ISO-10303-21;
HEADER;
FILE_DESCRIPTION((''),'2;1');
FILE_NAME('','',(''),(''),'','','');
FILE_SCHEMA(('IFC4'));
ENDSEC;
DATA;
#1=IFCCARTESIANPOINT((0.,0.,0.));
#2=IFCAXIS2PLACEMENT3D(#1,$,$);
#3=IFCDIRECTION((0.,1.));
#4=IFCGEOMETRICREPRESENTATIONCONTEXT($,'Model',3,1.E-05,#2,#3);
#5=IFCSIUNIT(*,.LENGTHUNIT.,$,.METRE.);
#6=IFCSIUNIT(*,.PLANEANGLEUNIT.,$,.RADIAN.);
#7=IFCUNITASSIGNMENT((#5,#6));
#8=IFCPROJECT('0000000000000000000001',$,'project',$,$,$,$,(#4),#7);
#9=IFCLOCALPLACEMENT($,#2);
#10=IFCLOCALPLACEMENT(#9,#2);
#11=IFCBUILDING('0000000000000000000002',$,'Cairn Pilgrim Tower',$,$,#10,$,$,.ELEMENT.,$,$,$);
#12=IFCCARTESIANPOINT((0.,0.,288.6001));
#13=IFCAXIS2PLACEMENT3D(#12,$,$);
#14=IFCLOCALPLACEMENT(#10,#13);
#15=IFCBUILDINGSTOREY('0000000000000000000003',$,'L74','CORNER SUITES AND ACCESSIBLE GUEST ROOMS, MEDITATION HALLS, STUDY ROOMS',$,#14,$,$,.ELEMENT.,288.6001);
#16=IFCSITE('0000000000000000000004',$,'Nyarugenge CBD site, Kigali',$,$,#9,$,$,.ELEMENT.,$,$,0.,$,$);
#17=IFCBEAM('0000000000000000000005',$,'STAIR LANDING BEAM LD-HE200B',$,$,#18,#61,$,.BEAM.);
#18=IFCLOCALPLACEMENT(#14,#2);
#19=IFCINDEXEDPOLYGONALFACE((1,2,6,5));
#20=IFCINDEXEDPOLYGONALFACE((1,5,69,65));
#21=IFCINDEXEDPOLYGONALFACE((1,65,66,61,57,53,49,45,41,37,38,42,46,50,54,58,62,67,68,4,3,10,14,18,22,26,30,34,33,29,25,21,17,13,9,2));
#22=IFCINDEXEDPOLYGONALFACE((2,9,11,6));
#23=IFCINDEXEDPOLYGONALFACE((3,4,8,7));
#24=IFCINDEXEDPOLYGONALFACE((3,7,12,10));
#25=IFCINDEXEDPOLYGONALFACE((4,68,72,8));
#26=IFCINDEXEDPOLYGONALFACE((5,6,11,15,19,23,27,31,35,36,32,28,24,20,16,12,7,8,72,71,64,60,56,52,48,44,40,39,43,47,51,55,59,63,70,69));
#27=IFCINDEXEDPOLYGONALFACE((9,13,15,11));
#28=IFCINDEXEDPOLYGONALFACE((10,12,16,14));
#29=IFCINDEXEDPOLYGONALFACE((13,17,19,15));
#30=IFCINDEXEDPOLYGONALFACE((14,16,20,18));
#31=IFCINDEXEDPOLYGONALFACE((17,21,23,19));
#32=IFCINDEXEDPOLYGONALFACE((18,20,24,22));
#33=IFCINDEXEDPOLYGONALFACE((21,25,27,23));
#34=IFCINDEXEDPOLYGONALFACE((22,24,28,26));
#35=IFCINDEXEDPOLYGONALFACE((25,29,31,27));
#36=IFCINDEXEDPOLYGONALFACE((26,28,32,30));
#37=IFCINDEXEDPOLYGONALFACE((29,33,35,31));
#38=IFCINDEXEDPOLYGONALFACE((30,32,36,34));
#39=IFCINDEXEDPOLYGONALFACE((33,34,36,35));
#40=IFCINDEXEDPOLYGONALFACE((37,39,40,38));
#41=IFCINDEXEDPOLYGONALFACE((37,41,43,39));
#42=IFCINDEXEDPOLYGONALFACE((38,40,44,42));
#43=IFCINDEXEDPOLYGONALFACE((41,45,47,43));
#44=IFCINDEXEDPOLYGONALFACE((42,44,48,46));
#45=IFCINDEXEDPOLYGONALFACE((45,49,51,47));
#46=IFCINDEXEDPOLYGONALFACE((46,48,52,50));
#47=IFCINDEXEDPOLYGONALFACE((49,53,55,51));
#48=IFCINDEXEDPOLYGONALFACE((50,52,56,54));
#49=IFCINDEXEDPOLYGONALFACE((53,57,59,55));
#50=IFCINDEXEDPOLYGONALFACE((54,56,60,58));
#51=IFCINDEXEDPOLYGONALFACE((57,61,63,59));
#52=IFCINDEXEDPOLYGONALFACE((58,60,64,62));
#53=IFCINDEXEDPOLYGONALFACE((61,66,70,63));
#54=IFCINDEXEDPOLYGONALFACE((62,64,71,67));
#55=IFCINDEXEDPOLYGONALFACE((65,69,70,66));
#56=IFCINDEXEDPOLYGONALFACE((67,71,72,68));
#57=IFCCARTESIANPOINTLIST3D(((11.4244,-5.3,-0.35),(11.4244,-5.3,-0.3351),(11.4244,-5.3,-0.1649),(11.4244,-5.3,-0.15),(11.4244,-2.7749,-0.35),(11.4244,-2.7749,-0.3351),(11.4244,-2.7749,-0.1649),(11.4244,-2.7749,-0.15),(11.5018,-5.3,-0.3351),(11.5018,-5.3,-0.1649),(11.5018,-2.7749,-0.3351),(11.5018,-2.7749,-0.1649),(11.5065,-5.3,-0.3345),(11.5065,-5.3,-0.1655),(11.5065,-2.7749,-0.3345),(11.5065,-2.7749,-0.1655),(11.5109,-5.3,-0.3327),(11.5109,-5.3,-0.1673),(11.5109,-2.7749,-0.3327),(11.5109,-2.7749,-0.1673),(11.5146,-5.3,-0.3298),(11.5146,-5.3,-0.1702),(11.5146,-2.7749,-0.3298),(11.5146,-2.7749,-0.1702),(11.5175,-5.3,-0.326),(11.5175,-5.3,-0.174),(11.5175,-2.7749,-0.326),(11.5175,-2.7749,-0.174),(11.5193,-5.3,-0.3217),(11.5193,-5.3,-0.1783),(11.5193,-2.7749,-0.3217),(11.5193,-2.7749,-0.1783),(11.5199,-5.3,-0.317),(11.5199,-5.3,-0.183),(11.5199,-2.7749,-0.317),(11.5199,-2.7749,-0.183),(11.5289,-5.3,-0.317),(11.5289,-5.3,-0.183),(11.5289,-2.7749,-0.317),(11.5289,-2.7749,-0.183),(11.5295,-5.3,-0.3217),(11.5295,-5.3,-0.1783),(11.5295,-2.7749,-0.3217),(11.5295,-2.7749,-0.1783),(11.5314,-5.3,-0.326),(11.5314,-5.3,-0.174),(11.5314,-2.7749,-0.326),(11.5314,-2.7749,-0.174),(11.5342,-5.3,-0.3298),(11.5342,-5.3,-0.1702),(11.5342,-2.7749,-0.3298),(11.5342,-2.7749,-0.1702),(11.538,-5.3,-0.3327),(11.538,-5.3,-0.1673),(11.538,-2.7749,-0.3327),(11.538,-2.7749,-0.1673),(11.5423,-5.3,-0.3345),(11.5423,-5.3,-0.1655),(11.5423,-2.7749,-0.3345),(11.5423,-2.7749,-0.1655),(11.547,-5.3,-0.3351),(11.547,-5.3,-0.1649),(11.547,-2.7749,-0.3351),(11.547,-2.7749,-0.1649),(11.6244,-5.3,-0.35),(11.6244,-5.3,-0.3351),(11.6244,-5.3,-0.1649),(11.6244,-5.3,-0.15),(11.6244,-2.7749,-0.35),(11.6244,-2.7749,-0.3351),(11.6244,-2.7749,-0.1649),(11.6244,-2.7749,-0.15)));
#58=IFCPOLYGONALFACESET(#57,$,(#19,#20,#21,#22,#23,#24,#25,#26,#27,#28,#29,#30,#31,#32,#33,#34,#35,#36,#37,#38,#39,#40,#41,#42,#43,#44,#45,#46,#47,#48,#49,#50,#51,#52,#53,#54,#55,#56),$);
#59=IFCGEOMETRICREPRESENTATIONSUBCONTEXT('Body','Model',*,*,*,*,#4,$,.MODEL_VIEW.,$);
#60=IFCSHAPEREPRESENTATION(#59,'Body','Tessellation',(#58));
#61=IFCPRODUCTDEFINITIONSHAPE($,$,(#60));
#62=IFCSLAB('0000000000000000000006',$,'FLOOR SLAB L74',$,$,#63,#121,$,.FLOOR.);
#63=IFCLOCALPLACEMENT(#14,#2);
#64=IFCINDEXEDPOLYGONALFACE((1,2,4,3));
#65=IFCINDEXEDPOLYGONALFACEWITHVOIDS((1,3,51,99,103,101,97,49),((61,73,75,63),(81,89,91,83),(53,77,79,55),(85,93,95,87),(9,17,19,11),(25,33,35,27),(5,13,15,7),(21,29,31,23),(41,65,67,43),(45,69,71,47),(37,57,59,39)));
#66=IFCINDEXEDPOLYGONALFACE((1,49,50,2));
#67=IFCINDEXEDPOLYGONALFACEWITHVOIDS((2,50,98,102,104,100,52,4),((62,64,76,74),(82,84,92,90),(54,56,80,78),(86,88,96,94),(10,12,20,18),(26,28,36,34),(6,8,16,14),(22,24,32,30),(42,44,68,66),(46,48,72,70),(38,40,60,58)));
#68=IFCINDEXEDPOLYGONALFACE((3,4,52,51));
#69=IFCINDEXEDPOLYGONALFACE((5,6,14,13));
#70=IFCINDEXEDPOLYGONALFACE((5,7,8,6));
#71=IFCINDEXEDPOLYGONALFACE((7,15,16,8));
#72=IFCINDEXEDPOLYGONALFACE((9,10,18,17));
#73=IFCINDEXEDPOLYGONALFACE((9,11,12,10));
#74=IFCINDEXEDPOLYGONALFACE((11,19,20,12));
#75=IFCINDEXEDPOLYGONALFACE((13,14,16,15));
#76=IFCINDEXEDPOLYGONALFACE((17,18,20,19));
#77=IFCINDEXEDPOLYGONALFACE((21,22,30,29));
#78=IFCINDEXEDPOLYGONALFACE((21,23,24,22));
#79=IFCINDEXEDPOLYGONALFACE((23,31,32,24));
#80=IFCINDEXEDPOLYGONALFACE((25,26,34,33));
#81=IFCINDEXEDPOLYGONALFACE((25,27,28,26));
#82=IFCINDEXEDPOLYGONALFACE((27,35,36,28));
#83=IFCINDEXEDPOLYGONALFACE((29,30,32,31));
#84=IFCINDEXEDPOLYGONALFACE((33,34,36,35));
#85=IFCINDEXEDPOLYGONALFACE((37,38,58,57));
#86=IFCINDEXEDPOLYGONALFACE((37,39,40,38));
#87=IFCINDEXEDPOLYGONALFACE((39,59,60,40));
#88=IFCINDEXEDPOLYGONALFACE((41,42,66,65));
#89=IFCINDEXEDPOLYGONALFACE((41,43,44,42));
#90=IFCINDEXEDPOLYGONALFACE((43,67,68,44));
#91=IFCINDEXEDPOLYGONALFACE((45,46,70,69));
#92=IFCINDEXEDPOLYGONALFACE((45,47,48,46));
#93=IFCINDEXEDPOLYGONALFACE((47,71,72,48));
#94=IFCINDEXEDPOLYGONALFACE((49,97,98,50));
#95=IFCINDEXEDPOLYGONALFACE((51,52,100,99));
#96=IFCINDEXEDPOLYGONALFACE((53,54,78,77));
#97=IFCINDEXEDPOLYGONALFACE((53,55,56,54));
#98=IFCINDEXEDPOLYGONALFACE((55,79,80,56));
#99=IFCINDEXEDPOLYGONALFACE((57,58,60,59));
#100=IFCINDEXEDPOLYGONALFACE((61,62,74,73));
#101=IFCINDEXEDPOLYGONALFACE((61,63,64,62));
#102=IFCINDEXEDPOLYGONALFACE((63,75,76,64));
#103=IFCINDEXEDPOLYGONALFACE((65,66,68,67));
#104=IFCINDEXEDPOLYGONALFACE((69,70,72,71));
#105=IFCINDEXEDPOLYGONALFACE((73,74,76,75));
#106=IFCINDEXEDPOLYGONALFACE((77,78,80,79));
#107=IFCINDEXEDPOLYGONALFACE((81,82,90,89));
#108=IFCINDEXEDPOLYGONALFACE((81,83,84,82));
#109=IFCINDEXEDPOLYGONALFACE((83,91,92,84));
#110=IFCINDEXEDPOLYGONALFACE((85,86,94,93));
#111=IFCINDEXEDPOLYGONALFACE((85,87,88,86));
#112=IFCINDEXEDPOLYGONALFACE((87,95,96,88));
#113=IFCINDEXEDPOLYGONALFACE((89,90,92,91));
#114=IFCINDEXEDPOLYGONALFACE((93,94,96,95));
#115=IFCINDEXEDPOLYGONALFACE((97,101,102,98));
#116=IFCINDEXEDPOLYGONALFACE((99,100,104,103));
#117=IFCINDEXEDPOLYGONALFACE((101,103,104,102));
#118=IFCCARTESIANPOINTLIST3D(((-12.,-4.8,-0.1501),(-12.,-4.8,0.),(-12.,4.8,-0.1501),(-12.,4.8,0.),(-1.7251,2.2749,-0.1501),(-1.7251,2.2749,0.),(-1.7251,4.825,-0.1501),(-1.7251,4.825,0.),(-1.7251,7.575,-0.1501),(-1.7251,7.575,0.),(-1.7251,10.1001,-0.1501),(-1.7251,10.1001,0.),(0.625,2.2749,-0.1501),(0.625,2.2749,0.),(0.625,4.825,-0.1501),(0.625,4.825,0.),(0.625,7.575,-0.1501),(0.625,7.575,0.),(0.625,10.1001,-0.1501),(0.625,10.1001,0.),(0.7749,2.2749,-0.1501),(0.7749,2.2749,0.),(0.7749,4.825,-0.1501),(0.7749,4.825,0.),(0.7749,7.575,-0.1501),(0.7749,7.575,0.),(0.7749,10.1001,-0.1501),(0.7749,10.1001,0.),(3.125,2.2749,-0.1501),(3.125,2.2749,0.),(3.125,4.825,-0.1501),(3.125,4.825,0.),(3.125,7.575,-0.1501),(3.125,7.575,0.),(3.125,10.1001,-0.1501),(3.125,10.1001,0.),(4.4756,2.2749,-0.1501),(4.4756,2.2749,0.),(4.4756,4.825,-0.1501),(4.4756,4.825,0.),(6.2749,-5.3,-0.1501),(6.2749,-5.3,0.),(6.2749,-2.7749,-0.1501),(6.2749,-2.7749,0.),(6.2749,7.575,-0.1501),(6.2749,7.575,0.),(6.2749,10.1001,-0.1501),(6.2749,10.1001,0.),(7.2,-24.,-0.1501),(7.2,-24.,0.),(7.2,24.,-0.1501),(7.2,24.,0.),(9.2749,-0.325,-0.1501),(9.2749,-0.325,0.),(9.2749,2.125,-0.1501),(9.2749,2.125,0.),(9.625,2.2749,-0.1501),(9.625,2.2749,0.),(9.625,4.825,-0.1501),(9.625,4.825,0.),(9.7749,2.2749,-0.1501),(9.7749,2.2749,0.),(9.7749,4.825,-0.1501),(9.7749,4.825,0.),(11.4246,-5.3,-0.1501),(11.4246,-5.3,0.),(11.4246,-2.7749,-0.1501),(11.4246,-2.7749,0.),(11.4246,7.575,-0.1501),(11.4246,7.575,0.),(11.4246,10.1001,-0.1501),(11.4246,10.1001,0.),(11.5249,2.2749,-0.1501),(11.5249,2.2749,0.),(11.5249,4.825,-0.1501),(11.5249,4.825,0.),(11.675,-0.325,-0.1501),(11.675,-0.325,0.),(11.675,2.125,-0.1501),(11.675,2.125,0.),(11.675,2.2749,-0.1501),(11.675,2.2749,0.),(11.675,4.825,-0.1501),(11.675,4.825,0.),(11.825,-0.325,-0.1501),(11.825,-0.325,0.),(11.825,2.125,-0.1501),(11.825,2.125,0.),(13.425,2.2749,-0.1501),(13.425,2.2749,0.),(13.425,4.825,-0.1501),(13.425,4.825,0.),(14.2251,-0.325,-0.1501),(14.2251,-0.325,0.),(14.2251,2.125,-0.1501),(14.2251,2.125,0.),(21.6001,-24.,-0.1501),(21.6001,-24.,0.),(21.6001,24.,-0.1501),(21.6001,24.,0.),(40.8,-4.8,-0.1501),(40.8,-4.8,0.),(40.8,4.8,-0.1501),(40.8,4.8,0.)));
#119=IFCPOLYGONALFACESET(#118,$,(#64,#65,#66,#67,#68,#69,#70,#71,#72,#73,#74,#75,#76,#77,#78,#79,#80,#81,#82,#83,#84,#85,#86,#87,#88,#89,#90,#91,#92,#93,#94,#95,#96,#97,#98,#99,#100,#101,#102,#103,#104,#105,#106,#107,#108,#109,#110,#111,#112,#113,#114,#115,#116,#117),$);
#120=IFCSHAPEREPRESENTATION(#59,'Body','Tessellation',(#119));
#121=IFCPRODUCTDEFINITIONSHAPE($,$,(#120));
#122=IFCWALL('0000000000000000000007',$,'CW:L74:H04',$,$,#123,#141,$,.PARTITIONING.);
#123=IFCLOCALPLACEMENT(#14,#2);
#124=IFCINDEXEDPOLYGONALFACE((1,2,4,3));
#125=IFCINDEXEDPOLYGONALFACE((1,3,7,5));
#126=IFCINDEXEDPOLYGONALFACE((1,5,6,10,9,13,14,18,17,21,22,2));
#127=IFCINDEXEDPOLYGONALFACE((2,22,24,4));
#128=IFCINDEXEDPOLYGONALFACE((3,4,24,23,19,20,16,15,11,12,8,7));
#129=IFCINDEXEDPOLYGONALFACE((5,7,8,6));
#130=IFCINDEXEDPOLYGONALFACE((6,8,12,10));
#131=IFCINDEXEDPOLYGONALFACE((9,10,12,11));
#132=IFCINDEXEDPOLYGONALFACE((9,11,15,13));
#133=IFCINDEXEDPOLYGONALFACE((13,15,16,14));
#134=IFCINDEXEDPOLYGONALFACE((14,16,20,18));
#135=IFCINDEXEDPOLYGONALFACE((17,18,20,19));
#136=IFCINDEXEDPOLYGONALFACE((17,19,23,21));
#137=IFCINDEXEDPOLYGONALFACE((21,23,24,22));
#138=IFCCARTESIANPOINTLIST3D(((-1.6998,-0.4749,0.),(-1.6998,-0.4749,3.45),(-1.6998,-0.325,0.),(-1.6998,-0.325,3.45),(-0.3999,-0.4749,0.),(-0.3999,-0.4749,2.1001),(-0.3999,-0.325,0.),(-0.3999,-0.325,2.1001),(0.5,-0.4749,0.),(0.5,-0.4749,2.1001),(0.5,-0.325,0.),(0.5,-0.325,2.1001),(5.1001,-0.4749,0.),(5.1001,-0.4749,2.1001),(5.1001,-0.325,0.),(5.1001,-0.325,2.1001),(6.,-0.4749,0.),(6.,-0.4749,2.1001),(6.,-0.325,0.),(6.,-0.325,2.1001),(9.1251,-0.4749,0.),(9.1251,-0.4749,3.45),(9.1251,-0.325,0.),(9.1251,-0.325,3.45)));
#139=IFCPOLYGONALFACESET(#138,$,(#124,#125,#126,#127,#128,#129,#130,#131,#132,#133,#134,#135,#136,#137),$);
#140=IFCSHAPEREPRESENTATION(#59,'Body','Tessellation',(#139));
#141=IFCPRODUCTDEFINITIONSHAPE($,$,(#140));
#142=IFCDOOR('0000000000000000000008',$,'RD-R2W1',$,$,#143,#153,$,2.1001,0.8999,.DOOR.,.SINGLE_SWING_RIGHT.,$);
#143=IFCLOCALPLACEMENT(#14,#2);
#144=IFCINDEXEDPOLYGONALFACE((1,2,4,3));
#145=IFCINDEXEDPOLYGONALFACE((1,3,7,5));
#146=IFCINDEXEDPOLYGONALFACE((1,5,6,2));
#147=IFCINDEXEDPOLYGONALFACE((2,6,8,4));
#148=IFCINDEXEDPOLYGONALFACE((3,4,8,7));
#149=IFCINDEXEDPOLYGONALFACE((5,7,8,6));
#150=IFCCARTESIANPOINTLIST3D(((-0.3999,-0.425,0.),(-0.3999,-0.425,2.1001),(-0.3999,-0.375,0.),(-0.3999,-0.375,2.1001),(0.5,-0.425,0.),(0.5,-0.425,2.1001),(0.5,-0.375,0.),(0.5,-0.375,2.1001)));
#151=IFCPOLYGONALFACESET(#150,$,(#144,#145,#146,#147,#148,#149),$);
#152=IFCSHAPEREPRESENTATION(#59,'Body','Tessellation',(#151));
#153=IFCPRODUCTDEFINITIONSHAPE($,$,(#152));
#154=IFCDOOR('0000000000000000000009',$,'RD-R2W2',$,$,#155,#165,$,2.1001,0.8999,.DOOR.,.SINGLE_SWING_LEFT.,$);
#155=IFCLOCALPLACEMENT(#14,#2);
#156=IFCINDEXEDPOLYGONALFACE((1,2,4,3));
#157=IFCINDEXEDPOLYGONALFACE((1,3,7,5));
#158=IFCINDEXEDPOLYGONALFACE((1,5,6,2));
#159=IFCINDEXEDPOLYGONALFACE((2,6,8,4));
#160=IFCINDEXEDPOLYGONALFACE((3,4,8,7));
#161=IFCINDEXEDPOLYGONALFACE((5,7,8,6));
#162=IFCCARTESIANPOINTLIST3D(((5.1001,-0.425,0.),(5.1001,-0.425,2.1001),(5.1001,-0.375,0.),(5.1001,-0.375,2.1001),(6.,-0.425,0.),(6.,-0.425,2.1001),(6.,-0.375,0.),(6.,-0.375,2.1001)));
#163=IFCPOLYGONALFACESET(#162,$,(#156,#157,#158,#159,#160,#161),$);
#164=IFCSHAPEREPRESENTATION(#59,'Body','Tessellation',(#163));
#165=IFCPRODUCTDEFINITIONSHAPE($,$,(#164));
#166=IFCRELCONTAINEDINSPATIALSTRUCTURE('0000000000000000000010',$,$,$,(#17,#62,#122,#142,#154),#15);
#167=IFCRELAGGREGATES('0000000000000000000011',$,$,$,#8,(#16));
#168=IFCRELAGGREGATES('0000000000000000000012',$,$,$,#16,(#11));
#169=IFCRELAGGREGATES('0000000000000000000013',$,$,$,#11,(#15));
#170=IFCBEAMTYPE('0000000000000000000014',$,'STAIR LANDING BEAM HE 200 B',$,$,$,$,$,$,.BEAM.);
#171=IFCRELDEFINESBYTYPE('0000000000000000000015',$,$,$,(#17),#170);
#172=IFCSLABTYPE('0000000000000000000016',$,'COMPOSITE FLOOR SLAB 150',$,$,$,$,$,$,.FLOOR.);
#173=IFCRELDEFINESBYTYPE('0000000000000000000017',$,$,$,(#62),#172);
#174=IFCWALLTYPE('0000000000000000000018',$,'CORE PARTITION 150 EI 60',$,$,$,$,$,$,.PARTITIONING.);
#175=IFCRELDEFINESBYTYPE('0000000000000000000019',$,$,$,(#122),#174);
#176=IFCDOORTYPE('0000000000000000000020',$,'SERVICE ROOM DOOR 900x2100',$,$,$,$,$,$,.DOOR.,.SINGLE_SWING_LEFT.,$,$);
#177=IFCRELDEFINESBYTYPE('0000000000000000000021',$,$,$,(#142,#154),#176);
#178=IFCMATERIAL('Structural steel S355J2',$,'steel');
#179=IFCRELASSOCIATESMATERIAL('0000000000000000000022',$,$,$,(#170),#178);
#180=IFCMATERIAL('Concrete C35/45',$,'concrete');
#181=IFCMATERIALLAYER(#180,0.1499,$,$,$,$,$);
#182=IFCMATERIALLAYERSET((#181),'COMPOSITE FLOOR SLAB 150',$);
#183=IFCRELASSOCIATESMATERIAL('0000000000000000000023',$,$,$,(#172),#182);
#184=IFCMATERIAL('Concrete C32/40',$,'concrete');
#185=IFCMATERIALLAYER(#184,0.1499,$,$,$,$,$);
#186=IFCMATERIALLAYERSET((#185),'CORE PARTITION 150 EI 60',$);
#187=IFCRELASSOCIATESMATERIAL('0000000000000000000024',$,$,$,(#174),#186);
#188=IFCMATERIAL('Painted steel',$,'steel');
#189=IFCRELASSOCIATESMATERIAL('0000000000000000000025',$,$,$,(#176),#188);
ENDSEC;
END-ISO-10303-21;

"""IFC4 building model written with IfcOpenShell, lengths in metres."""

from ifc_helpers import new_model, si_unit, direction, frame, frame_2d, origin, origin_2d, place, context, subcontext, project, spatial, polyline, rectangle, i_section, outline, extrude, material, layer, layer_set, material_profile, profile_set, type_object, element, fill, save


model = new_model("IFC4")

# Units and contexts
model_context = context("Model", 3, precision=1e-05, world=origin(), true_north=direction((0.0, 1.0)))
body_context = subcontext(model_context, "Body", "Model", "MODEL_VIEW")
ifc_project = project(units=[si_unit("LENGTHUNIT", "METRE"), si_unit("PLANEANGLEUNIT", "RADIAN")], contexts=[model_context])

# Site, building, storey
site_placement = place(None, origin())
site = spatial("IfcSite", under=ifc_project, at=site_placement, Name="Nyarugenge CBD site, Kigali", CompositionType="ELEMENT", RefElevation=0.0)
building_placement = place(site_placement, origin())
building = spatial("IfcBuilding", under=site, at=building_placement, Name="Cairn Pilgrim Tower", CompositionType="ELEMENT")
storey_placement = place(building_placement, frame((0.0, 0.0, 288.6001)))
storey = spatial("IfcBuildingStorey", under=building, at=storey_placement, Name="L74", Description="CORNER SUITES AND ACCESSIBLE GUEST ROOMS, MEDITATION HALLS, STUDY ROOMS", CompositionType="ELEMENT", Elevation=288.6001)

# Shared definitions
ifc_material_1 = material(Name="Structural steel S355J2", Category="steel")

# Beam
ifc_material_profile_1 = material_profile(ifc_material_1, i_section(OverallWidth=0.2, OverallDepth=0.2, WebThickness=0.009, FlangeThickness=0.0149, FilletRadius=0.0181, at=origin_2d()), Name="HE 200 B")
ifc_profile_set_1 = profile_set([ifc_material_profile_1], Name="Structural steel S355J2")
beam_type_1 = type_object("IfcBeamType", Name="STAIR LANDING BEAM HE 200 B", PredefinedType="BEAM", material=ifc_profile_set_1)
beam_1_placement = place(storey_placement, frame((11.5244, -2.7749, -0.25), z_axis=(0.0, -1.0, 0.0), x_axis=(1.0, 0.0, 0.0)))
element("IfcBeam", 1, at=beam_1_placement, inside=storey, type_object=beam_type_1, Name="STAIR LANDING BEAM LD-HE200B", PredefinedType="BEAM", context=body_context, shape_type="SweptSolid", body=[
    extrude(i_section(OverallWidth=0.2, OverallDepth=0.2, WebThickness=0.009, FlangeThickness=0.0149, FilletRadius=0.0181, at=origin_2d()), origin(), (0.0, 0.0, 1.0), 2.5251),
])

# Slab
ifc_material_2 = material(Name="Concrete C35/45", Category="concrete")
ifc_layer_1 = layer(ifc_material_2, 0.1499)
ifc_layer_set_1 = layer_set([ifc_layer_1], Name="COMPOSITE FLOOR SLAB 150")
slab_type = type_object("IfcSlabType", Name="COMPOSITE FLOOR SLAB 150", PredefinedType="FLOOR", material=ifc_layer_set_1)
slab_placement = place(storey_placement, frame((0.0, 0.0, -0.1501)))
element("IfcSlab", 2, at=slab_placement, inside=storey, type_object=slab_type, Name="FLOOR SLAB L74", PredefinedType="FLOOR", context=body_context, shape_type="SweptSolid", body=[
    extrude(outline(polyline([(7.2, -24.0), (21.6001, -24.0), (40.8, -4.8), (40.8, 4.8), (21.6001, 24.0), (7.2, 24.0), (-12.0, 4.8), (-12.0, -4.8), (7.2, -24.0)]), holes=[polyline([(9.2749, -0.325), (11.675, -0.325), (11.675, 2.125), (9.2749, 2.125), (9.2749, -0.325)]), polyline([(11.825, -0.325), (14.2251, -0.325), (14.2251, 2.125), (11.825, 2.125), (11.825, -0.325)]), polyline([(-1.7251, 2.2749), (0.625, 2.2749), (0.625, 4.825), (-1.7251, 4.825), (-1.7251, 2.2749)]), polyline([(0.7749, 2.2749), (3.125, 2.2749), (3.125, 4.825), (0.7749, 4.825), (0.7749, 2.2749)]), polyline([(-1.7251, 7.575), (0.625, 7.575), (0.625, 10.1001), (-1.7251, 10.1001), (-1.7251, 7.575)]), polyline([(0.7749, 7.575), (3.125, 7.575), (3.125, 10.1001), (0.7749, 10.1001), (0.7749, 7.575)]), polyline([(9.7749, 2.2749), (11.5249, 2.2749), (11.5249, 4.825), (9.7749, 4.825), (9.7749, 2.2749)]), polyline([(11.675, 2.2749), (13.425, 2.2749), (13.425, 4.825), (11.675, 4.825), (11.675, 2.2749)]), polyline([(11.4246, -2.7749), (6.2749, -2.7749), (6.2749, -5.3), (11.4246, -5.3), (11.4246, -2.7749)]), polyline([(4.4756, 2.2749), (9.625, 2.2749), (9.625, 4.825), (4.4756, 4.825), (4.4756, 2.2749)]), polyline([(11.4246, 10.1001), (6.2749, 10.1001), (6.2749, 7.575), (11.4246, 7.575), (11.4246, 10.1001)])]), origin(), (0.0, 0.0, 1.0), 0.1501),
])

# Wall, openings, doors
ifc_material_3 = material(Name="Concrete C32/40", Category="concrete")
ifc_layer_2 = layer(ifc_material_3, 0.1499)
ifc_layer_set_2 = layer_set([ifc_layer_2], Name="CORE PARTITION 150 EI 60")
wall_type_1 = type_object("IfcWallType", Name="CORE PARTITION 150 EI 60", PredefinedType="PARTITIONING", material=ifc_layer_set_2)
wall_1_placement = place(storey_placement, frame((-1.7, -0.3999, 0.0), z_axis=(0.0, 0.0, 1.0), x_axis=(1.0, 0.0, 0.0)))
wall_1 = element("IfcWall", 3, at=wall_1_placement, inside=storey, type_object=wall_type_1, Name="CW:L74:H04", PredefinedType="PARTITIONING", context=body_context, shape_type="SweptSolid", body=[
    extrude(rectangle(XDim=10.825, YDim=0.1499, at=frame_2d((5.4126, 0.0))), origin(), (0.0, 0.0, 1.0), 3.45),
])
opening_1_placement = place(wall_1_placement, frame((1.3, 0.0, 0.0)))
opening_1 = element("IfcOpeningElement", 4, at=opening_1_placement, cuts=wall_1, PredefinedType="OPENING", context=body_context, shape_type="SweptSolid", body=[
    extrude(rectangle(XDim=0.8999, YDim=2.1001, at=frame_2d((0.45, 1.05))), frame((0.0, 0.085, 0.0), z_axis=(0.0, -1.0, 0.0), x_axis=(1.0, 0.0, 0.0)), (0.0, 0.0, 1.0), 0.1699),
])
opening_2_placement = place(wall_1_placement, frame((6.8, 0.0, 0.0)))
opening_2 = element("IfcOpeningElement", 5, at=opening_2_placement, cuts=wall_1, PredefinedType="OPENING", context=body_context, shape_type="SweptSolid", body=[
    extrude(rectangle(XDim=0.8999, YDim=2.1001, at=frame_2d((0.45, 1.05))), frame((0.0, 0.085, 0.0), z_axis=(0.0, -1.0, 0.0), x_axis=(1.0, 0.0, 0.0)), (0.0, 0.0, 1.0), 0.1699),
])
ifc_material_4 = material(Name="Painted steel", Category="steel")
door_type_1 = type_object("IfcDoorType", Name="SERVICE ROOM DOOR 900x2100", OperationType="SINGLE_SWING_LEFT", PredefinedType="DOOR", material=ifc_material_4)
door_1_placement = place(opening_1_placement, origin())
door_1 = element("IfcDoor", 6, at=door_1_placement, inside=storey, type_object=door_type_1, Name="RD-R2W1", OperationType="SINGLE_SWING_RIGHT", OverallHeight=2.1001, OverallWidth=0.8999, PredefinedType="DOOR", context=body_context, shape_type="SweptSolid", body=[
    extrude(rectangle(XDim=0.8999, YDim=2.1001, at=frame_2d((0.45, 1.05))), frame((0.0, 0.0249, 0.0), z_axis=(0.0, -1.0, 0.0), x_axis=(1.0, 0.0, 0.0)), (0.0, 0.0, 1.0), 0.05),
])
fill(opening_1, door_1)
door_2_placement = place(opening_2_placement, origin())
door_2 = element("IfcDoor", 7, at=door_2_placement, inside=storey, type_object=door_type_1, Name="RD-R2W2", OperationType="SINGLE_SWING_LEFT", OverallHeight=2.1001, OverallWidth=0.8999, PredefinedType="DOOR", context=body_context, shape_type="SweptSolid", body=[
    extrude(rectangle(XDim=0.8999, YDim=2.1001, at=frame_2d((0.45, 1.05))), frame((0.0, 0.0249, 0.0), z_axis=(0.0, -1.0, 0.0), x_axis=(1.0, 0.0, 0.0)), (0.0, 0.0, 1.0), 0.05),
])
fill(opening_2, door_2)

save(model, "model.ifc")
